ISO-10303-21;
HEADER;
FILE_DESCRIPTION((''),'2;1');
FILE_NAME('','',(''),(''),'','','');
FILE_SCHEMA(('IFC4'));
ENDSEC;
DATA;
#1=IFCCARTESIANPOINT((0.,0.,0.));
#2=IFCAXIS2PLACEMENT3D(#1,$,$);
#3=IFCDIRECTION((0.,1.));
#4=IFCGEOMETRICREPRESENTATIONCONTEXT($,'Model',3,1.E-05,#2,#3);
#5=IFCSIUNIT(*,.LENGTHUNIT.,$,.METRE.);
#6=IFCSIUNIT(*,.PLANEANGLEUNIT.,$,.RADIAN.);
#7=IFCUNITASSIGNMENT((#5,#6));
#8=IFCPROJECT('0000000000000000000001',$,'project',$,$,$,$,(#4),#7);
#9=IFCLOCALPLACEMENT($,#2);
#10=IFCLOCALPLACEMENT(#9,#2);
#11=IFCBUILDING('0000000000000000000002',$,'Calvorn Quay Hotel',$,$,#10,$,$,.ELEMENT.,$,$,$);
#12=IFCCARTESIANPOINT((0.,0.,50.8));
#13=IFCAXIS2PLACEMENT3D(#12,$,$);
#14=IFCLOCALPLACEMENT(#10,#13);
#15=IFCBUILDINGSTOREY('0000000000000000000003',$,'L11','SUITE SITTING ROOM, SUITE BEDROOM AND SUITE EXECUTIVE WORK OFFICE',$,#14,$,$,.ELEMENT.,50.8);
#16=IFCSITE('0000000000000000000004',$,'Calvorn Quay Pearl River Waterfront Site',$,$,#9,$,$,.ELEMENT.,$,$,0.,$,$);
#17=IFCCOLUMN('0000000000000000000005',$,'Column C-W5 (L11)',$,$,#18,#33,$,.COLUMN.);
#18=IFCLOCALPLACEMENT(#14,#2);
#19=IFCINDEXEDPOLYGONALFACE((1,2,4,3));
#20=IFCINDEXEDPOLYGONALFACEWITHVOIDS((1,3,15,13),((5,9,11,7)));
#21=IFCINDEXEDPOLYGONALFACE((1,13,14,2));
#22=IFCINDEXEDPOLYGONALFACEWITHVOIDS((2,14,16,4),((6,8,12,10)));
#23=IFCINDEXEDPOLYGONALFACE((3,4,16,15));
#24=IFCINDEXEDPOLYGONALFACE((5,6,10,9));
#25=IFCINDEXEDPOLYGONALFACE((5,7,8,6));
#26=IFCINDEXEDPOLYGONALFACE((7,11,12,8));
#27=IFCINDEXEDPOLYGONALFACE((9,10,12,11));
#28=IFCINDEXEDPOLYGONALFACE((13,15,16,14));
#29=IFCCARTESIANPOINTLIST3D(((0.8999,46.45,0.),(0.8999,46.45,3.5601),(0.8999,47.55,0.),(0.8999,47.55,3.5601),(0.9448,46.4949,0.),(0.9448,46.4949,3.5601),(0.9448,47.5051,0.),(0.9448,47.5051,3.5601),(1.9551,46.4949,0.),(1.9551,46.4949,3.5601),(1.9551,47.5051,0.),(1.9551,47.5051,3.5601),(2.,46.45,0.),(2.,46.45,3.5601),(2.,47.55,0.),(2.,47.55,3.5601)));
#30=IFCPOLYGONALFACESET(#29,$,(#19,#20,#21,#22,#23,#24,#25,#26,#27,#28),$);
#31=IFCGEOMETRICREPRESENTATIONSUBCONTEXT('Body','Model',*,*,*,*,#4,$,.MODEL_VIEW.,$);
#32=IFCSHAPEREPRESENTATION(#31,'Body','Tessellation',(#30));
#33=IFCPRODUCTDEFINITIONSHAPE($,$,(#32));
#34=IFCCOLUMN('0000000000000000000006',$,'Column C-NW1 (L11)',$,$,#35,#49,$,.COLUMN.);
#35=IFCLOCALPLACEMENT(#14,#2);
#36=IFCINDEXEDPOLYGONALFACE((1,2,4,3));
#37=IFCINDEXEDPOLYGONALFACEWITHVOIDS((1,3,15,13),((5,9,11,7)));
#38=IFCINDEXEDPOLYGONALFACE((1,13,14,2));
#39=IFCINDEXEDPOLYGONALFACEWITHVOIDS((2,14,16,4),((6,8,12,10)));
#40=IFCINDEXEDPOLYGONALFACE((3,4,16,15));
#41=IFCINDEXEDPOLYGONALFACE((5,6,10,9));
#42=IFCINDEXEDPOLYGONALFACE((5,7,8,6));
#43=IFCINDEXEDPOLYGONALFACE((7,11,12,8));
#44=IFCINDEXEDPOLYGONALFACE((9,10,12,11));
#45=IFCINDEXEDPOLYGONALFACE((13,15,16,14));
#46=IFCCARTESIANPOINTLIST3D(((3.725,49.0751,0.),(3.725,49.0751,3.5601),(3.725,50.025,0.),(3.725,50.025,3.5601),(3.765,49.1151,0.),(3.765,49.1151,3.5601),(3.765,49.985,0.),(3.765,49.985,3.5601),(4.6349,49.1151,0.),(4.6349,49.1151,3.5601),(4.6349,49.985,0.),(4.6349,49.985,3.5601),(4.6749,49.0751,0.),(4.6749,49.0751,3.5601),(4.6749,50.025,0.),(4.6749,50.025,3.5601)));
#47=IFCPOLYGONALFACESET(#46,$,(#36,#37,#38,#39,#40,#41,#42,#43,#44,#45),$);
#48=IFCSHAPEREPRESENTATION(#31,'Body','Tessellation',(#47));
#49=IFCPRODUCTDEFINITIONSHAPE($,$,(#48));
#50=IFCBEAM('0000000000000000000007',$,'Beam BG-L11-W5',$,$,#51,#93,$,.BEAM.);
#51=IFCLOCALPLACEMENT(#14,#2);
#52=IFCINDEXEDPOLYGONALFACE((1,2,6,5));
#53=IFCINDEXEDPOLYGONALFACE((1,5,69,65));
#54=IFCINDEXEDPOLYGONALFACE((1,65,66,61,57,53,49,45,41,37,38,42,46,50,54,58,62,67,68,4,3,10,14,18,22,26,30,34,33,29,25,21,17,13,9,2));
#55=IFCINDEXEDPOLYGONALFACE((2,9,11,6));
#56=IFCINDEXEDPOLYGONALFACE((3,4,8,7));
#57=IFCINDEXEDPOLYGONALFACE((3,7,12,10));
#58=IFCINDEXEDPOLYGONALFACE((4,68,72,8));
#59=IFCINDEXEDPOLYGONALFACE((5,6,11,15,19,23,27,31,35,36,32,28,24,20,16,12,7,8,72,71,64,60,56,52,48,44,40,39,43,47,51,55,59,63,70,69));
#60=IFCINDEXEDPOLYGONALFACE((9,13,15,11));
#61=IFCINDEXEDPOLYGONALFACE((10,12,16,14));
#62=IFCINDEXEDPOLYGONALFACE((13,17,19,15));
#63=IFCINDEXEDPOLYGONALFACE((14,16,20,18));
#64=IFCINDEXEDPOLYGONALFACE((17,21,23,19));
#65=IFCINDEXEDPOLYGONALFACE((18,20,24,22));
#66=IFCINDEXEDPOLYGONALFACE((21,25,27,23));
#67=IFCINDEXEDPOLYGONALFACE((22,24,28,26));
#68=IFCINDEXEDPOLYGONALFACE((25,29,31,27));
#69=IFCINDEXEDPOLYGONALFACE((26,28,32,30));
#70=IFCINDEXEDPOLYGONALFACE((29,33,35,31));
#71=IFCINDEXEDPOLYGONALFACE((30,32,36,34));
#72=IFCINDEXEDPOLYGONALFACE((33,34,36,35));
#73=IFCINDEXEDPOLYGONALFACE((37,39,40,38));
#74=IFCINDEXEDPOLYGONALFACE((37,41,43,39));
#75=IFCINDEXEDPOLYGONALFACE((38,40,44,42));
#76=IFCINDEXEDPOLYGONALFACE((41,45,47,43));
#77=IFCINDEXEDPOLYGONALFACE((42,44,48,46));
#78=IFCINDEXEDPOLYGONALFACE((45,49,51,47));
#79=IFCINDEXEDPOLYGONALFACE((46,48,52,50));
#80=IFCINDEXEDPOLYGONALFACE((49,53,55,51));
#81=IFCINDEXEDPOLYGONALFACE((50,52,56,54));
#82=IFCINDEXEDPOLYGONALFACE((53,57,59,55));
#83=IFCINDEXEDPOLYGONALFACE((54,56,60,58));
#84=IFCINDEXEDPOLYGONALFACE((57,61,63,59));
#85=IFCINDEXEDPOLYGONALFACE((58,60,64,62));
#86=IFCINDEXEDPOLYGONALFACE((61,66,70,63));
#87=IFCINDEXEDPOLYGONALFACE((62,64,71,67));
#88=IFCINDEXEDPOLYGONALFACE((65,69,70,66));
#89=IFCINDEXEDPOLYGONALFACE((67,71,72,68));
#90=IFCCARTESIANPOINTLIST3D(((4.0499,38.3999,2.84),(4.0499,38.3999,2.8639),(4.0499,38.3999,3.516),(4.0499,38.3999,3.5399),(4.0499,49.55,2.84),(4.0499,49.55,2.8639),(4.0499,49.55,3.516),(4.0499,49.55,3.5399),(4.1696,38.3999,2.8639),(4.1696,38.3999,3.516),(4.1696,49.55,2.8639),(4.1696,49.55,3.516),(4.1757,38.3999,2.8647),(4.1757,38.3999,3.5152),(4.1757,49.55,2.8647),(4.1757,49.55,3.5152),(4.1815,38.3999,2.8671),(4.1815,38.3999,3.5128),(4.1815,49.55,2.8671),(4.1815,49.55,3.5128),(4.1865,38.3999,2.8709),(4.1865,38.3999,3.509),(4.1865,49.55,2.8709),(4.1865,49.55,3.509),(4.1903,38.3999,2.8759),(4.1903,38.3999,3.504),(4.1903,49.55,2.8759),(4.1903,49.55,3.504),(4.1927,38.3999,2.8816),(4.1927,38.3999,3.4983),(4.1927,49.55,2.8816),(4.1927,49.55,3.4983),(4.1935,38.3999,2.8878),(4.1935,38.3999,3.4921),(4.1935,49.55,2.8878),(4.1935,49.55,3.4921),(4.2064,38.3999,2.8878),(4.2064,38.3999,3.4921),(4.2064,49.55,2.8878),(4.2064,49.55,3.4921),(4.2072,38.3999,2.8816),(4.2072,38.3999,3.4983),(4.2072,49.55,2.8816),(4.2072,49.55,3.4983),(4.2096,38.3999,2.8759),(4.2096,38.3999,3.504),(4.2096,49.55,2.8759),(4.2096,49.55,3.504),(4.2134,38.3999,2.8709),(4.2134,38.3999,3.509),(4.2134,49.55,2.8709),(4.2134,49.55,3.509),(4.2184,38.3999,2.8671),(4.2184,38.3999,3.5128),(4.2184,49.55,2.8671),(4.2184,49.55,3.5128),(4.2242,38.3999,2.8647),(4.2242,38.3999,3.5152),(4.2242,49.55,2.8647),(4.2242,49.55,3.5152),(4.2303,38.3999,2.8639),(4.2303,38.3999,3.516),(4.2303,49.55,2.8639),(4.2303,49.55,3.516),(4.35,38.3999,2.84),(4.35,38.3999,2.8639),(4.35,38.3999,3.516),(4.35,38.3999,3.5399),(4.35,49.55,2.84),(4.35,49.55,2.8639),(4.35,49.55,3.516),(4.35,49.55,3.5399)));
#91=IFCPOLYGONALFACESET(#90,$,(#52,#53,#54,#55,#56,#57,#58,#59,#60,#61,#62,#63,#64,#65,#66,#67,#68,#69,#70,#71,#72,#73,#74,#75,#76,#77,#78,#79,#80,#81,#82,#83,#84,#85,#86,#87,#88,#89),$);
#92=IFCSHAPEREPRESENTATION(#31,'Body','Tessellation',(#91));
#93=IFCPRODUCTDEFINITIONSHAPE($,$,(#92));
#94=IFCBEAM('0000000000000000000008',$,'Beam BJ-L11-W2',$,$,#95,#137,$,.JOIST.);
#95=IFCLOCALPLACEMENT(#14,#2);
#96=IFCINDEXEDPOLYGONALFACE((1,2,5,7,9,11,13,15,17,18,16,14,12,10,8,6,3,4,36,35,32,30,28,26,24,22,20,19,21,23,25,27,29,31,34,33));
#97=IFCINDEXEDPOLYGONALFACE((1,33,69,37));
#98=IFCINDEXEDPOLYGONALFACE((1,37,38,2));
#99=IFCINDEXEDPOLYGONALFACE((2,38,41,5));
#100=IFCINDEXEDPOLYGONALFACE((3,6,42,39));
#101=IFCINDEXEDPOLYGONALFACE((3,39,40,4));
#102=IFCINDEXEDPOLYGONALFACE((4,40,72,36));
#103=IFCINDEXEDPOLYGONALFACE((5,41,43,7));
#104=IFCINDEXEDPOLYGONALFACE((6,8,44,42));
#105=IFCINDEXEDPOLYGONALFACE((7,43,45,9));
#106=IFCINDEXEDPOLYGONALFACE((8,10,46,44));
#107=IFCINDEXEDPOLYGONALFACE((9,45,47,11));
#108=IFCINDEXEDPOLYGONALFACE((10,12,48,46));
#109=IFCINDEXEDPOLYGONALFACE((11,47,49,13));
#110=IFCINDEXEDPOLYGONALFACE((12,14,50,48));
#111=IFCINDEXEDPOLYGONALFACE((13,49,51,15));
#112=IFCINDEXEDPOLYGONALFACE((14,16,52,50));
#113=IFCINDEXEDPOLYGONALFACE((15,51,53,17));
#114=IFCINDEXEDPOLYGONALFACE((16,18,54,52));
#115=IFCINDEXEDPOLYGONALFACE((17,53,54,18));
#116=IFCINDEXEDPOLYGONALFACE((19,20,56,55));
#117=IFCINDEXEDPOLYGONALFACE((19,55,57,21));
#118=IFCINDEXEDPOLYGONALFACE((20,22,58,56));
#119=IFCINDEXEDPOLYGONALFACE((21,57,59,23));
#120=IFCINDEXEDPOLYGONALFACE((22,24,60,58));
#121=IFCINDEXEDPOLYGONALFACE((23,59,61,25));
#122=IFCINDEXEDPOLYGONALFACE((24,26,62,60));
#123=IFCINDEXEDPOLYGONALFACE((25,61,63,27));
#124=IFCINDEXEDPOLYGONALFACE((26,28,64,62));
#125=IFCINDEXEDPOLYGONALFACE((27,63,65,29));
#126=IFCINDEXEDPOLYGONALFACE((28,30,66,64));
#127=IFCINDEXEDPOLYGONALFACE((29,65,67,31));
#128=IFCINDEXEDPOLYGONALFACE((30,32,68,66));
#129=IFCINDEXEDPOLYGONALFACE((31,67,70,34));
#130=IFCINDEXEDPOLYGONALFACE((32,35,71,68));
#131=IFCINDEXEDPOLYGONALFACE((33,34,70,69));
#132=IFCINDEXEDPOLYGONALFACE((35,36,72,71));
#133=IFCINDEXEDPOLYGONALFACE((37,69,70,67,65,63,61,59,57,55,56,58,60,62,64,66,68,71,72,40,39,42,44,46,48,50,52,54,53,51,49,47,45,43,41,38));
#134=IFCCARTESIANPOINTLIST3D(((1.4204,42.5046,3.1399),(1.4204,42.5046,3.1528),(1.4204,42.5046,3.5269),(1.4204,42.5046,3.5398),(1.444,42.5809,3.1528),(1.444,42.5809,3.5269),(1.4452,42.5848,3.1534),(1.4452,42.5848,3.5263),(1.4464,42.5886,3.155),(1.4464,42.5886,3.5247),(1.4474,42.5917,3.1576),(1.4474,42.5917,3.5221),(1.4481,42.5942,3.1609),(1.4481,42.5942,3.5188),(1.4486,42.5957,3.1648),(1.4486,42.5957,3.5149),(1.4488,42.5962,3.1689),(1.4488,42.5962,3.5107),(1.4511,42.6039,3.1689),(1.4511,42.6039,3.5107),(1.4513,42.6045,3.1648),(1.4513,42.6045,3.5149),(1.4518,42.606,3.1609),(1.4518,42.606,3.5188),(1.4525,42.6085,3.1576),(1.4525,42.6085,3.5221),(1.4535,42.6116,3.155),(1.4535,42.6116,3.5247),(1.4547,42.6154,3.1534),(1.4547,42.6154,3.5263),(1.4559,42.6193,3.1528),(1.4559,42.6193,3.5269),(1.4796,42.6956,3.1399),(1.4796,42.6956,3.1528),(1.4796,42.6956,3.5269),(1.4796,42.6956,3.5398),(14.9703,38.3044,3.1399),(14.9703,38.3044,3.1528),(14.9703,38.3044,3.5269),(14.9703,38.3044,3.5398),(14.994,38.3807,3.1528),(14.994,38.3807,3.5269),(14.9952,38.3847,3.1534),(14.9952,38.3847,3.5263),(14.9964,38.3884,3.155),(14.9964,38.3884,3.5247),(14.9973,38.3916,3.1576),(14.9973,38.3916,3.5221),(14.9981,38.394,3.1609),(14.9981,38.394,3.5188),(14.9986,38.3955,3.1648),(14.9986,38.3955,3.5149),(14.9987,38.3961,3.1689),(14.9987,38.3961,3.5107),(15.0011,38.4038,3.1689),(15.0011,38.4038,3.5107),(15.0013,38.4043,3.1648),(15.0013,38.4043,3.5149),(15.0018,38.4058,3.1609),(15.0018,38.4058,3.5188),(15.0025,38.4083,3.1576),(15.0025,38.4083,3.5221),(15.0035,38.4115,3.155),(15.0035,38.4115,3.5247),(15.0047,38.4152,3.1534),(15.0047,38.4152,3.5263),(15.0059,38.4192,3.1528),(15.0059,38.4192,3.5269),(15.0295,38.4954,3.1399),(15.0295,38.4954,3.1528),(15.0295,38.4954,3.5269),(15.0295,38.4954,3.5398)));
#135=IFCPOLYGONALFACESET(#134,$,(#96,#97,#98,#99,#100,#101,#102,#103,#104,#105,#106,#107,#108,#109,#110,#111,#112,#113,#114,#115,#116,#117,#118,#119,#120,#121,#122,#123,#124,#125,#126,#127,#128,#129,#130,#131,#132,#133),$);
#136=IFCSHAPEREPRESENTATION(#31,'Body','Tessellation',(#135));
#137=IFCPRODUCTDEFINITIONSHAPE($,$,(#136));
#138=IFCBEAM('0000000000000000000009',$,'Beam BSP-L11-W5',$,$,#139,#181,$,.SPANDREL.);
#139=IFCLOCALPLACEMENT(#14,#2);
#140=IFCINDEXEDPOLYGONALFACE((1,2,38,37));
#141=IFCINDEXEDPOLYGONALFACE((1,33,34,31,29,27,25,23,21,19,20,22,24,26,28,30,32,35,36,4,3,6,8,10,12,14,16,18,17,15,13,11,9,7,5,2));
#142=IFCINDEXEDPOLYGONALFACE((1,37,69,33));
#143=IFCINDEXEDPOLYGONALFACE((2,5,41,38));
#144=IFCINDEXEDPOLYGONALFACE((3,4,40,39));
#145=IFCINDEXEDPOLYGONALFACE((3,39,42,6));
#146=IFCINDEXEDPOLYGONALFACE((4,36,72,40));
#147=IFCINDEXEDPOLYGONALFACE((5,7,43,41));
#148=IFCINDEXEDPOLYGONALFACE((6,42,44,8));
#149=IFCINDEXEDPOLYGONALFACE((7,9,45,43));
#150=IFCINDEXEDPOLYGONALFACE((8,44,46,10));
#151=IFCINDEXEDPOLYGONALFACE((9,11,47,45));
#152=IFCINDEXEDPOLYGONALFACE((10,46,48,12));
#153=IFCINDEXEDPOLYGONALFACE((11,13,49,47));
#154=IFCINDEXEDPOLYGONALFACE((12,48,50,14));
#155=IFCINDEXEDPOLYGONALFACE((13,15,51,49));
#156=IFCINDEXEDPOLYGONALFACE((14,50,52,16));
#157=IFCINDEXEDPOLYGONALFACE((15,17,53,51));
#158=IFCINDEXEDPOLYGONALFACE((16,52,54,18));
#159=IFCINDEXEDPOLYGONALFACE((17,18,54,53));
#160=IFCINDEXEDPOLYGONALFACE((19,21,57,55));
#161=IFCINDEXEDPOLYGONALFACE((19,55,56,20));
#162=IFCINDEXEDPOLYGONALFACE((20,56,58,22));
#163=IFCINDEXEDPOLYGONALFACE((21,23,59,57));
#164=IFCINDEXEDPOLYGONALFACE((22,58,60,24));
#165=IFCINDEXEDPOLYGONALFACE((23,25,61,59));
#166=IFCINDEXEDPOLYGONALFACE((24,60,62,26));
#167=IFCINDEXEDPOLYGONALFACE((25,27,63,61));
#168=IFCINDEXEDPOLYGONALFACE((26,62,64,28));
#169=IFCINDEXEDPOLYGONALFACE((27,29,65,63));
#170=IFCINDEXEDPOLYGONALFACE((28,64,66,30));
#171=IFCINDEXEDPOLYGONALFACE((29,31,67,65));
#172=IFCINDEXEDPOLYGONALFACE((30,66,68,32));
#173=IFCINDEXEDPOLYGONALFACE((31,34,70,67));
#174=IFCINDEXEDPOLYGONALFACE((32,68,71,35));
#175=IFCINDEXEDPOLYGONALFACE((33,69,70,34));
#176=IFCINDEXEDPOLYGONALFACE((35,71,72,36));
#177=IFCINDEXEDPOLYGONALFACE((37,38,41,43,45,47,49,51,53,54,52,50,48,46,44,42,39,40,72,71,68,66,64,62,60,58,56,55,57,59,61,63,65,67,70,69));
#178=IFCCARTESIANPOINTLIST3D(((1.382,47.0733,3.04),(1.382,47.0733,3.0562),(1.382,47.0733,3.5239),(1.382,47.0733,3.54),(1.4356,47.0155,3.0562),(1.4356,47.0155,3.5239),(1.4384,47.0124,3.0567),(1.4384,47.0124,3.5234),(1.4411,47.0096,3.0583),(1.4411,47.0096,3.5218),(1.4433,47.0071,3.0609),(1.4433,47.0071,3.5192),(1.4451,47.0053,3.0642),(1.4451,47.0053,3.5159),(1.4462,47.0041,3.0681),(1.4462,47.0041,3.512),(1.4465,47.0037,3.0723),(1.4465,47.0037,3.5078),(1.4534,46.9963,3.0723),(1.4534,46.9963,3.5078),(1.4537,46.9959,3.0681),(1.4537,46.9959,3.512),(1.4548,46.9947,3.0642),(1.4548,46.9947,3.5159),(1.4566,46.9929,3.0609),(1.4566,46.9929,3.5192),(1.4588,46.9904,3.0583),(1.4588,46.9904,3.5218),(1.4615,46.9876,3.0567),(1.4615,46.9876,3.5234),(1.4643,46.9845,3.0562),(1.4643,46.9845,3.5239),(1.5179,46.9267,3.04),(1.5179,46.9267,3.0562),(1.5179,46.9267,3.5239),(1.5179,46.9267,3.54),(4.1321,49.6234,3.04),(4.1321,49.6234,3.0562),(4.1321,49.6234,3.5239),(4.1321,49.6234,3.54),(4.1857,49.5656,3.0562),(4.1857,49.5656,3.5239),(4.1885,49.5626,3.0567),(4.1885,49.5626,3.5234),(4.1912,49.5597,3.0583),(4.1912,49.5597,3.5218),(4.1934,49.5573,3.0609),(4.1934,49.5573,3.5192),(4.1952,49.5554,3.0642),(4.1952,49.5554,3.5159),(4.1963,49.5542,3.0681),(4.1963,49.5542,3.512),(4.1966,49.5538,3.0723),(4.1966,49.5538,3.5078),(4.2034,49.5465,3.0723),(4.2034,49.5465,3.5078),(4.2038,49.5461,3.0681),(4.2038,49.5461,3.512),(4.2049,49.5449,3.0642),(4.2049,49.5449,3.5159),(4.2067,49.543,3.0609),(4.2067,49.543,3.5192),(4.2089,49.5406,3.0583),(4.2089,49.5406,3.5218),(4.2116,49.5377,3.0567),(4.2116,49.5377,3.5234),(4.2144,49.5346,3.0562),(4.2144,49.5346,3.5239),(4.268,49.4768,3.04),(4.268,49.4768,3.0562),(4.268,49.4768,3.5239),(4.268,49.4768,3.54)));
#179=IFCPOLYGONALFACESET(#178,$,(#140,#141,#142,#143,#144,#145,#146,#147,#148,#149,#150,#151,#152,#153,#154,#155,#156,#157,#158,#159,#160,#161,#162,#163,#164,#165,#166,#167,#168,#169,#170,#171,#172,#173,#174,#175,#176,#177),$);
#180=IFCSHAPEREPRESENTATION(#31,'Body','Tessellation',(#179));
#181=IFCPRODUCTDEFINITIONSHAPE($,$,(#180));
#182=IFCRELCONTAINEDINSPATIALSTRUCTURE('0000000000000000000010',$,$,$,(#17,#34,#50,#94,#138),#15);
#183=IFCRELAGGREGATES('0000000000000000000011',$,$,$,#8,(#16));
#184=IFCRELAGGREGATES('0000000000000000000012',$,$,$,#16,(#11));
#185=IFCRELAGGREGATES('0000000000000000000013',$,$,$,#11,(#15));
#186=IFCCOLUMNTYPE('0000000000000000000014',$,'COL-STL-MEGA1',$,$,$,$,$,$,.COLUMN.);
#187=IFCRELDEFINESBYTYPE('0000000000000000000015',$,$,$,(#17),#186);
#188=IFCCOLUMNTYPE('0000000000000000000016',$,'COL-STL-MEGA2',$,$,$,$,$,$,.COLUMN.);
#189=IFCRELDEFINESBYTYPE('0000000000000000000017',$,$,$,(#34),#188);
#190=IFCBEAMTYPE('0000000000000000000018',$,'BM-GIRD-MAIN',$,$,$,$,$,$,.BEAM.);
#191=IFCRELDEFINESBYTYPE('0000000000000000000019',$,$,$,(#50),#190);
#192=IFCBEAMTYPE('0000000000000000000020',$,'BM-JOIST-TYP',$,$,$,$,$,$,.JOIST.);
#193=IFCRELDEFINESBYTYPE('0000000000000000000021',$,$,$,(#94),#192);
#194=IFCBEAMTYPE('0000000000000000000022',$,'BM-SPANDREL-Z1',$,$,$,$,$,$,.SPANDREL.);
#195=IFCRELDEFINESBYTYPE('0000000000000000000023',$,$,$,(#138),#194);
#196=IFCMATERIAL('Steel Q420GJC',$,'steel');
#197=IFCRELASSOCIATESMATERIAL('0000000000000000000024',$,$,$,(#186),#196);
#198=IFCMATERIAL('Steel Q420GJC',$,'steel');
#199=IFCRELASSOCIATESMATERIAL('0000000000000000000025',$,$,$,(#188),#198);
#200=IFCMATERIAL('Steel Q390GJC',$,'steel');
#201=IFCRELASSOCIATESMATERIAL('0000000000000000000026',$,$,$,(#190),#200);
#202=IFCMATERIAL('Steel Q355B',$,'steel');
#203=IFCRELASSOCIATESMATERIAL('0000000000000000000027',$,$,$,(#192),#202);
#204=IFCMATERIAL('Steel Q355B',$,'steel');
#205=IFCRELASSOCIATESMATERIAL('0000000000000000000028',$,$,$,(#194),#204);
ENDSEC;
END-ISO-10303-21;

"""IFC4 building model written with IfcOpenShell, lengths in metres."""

from ifc_helpers import new_model, si_unit, direction, frame, origin, origin_2d, place, context, subcontext, project, spatial, hollow_rectangle, i_section, extrude, material, material_profile, profile_set, type_object, element, save


model = new_model("IFC4")

# Units and contexts
model_context = context("Model", 3, precision=1e-05, world=origin(), true_north=direction((0.0, 1.0)))
body_context = subcontext(model_context, "Body", "Model", "MODEL_VIEW")
ifc_project = project(units=[si_unit("LENGTHUNIT", "METRE"), si_unit("PLANEANGLEUNIT", "RADIAN")], contexts=[model_context])

# Site, building, storey
site_placement = place(None, origin())
site = spatial("IfcSite", under=ifc_project, at=site_placement, Name="Calvorn Quay Pearl River Waterfront Site", CompositionType="ELEMENT", RefElevation=0.0)
building_placement = place(site_placement, origin())
building = spatial("IfcBuilding", under=site, at=building_placement, Name="Calvorn Quay Hotel", CompositionType="ELEMENT")
storey_placement = place(building_placement, frame((0.0, 0.0, 50.8)))
storey = spatial("IfcBuildingStorey", under=building, at=storey_placement, Name="L11", Description="SUITE SITTING ROOM, SUITE BEDROOM AND SUITE EXECUTIVE WORK OFFICE", CompositionType="ELEMENT", Elevation=50.8)

# Columns
ifc_material_1 = material(Name="Steel Q420GJC", Category="steel")
ifc_material_profile_1 = material_profile(ifc_material_1, hollow_rectangle(XDim=1.1001, YDim=1.1001, WallThickness=0.0449, at=origin_2d()), Name="BOX1100x1100x45")
ifc_profile_set_1 = profile_set([ifc_material_profile_1], Name="Steel Q420GJC")
column_type_1 = type_object("IfcColumnType", Name="COL-STL-MEGA1", PredefinedType="COLUMN", material=ifc_profile_set_1)
column_1_placement = place(storey_placement, frame((1.45, 47.0, 0.0), z_axis=(0.0, 0.0, 1.0), x_axis=(1.0, 0.0, 0.0)))
element("IfcColumn", 1, at=column_1_placement, inside=storey, type_object=column_type_1, Name="Column C-W5 (L11)", PredefinedType="COLUMN", context=body_context, shape_type="SweptSolid", body=[
    extrude(hollow_rectangle(XDim=1.1001, YDim=1.1001, WallThickness=0.0449, at=origin_2d()), origin(), (0.0, 0.0, 1.0), 3.5601),
])
ifc_material_2 = material(Name="Steel Q420GJC", Category="steel")
ifc_material_profile_2 = material_profile(ifc_material_2, hollow_rectangle(XDim=0.95, YDim=0.95, WallThickness=0.04, at=origin_2d()), Name="BOX950x950x40")
ifc_profile_set_2 = profile_set([ifc_material_profile_2], Name="Steel Q420GJC")
column_type_2 = type_object("IfcColumnType", Name="COL-STL-MEGA2", PredefinedType="COLUMN", material=ifc_profile_set_2)
column_2_placement = place(storey_placement, frame((4.2, 49.55, 0.0), z_axis=(0.0, 0.0, 1.0), x_axis=(1.0, 0.0, 0.0)))
element("IfcColumn", 2, at=column_2_placement, inside=storey, type_object=column_type_2, Name="Column C-NW1 (L11)", PredefinedType="COLUMN", context=body_context, shape_type="SweptSolid", body=[
    extrude(hollow_rectangle(XDim=0.95, YDim=0.95, WallThickness=0.04, at=origin_2d()), origin(), (0.0, 0.0, 1.0), 3.5601),
])

# Beams
ifc_material_3 = material(Name="Steel Q390GJC", Category="steel")
ifc_material_profile_3 = material_profile(ifc_material_3, i_section(OverallWidth=0.3, OverallDepth=0.7, WebThickness=0.0129, FlangeThickness=0.0239, FilletRadius=0.0239, at=origin_2d()), Name="HN700x300x13x24")
ifc_profile_set_3 = profile_set([ifc_material_profile_3], Name="Steel Q390GJC")
beam_type_1 = type_object("IfcBeamType", Name="BM-GIRD-MAIN", PredefinedType="BEAM", material=ifc_profile_set_3)
beam_1_placement = place(storey_placement, frame((4.2, 49.55, 3.1899), z_axis=(0.0, -1.0, 0.0), x_axis=(1.0, 0.0, 0.0)))
element("IfcBeam", 3, at=beam_1_placement, inside=storey, type_object=beam_type_1, Name="Beam BG-L11-W5", PredefinedType="BEAM", context=body_context, shape_type="SweptSolid", body=[
    extrude(i_section(OverallWidth=0.3, OverallDepth=0.7, WebThickness=0.0129, FlangeThickness=0.0239, FilletRadius=0.0239, at=origin_2d()), origin(), (0.0, 0.0, 1.0), 11.1501),
])
ifc_material_4 = material(Name="Steel Q355B", Category="steel")
ifc_material_profile_4 = material_profile(ifc_material_4, i_section(OverallWidth=0.2, OverallDepth=0.3999, WebThickness=0.0081, FlangeThickness=0.0129, FilletRadius=0.0161, at=origin_2d()), Name="HN400x200x8x13")
ifc_profile_set_4 = profile_set([ifc_material_profile_4], Name="Steel Q355B")
beam_type_2 = type_object("IfcBeamType", Name="BM-JOIST-TYP", PredefinedType="JOIST", material=ifc_profile_set_4)
beam_2_placement = place(storey_placement, frame((1.45, 42.6001, 3.3398), z_axis=(0.955164, -0.296078, 0.0), x_axis=(0.296078, 0.955164, 0.0)))
element("IfcBeam", 4, at=beam_2_placement, inside=storey, type_object=beam_type_2, Name="Beam BJ-L11-W2", PredefinedType="JOIST", context=body_context, shape_type="SweptSolid", body=[
    extrude(i_section(OverallWidth=0.2, OverallDepth=0.3999, WebThickness=0.0081, FlangeThickness=0.0129, FilletRadius=0.0161, at=origin_2d()), origin(), (0.0, 0.0, 1.0), 14.186),
])
ifc_material_5 = material(Name="Steel Q355B", Category="steel")
ifc_material_profile_5 = material_profile(ifc_material_5, i_section(OverallWidth=0.2, OverallDepth=0.5, WebThickness=0.01, FlangeThickness=0.0161, FilletRadius=0.0161, at=origin_2d()), Name="HN500x200x10x16")
ifc_profile_set_5 = profile_set([ifc_material_profile_5], Name="Steel Q355B")
beam_type_3 = type_object("IfcBeamType", Name="BM-SPANDREL-Z1", PredefinedType="SPANDREL", material=ifc_profile_set_5)
beam_3_placement = place(storey_placement, frame((1.45, 47.0, 3.29), z_axis=(0.733262, 0.679947, 0.0), x_axis=(-0.679947, 0.733262, 0.0)))
element("IfcBeam", 5, at=beam_3_placement, inside=storey, type_object=beam_type_3, Name="Beam BSP-L11-W5", PredefinedType="SPANDREL", context=body_context, shape_type="SweptSolid", body=[
    extrude(i_section(OverallWidth=0.2, OverallDepth=0.5, WebThickness=0.01, FlangeThickness=0.0161, FilletRadius=0.0161, at=origin_2d()), origin(), (0.0, 0.0, 1.0), 3.7505),
])

save(model, "model.ifc")
